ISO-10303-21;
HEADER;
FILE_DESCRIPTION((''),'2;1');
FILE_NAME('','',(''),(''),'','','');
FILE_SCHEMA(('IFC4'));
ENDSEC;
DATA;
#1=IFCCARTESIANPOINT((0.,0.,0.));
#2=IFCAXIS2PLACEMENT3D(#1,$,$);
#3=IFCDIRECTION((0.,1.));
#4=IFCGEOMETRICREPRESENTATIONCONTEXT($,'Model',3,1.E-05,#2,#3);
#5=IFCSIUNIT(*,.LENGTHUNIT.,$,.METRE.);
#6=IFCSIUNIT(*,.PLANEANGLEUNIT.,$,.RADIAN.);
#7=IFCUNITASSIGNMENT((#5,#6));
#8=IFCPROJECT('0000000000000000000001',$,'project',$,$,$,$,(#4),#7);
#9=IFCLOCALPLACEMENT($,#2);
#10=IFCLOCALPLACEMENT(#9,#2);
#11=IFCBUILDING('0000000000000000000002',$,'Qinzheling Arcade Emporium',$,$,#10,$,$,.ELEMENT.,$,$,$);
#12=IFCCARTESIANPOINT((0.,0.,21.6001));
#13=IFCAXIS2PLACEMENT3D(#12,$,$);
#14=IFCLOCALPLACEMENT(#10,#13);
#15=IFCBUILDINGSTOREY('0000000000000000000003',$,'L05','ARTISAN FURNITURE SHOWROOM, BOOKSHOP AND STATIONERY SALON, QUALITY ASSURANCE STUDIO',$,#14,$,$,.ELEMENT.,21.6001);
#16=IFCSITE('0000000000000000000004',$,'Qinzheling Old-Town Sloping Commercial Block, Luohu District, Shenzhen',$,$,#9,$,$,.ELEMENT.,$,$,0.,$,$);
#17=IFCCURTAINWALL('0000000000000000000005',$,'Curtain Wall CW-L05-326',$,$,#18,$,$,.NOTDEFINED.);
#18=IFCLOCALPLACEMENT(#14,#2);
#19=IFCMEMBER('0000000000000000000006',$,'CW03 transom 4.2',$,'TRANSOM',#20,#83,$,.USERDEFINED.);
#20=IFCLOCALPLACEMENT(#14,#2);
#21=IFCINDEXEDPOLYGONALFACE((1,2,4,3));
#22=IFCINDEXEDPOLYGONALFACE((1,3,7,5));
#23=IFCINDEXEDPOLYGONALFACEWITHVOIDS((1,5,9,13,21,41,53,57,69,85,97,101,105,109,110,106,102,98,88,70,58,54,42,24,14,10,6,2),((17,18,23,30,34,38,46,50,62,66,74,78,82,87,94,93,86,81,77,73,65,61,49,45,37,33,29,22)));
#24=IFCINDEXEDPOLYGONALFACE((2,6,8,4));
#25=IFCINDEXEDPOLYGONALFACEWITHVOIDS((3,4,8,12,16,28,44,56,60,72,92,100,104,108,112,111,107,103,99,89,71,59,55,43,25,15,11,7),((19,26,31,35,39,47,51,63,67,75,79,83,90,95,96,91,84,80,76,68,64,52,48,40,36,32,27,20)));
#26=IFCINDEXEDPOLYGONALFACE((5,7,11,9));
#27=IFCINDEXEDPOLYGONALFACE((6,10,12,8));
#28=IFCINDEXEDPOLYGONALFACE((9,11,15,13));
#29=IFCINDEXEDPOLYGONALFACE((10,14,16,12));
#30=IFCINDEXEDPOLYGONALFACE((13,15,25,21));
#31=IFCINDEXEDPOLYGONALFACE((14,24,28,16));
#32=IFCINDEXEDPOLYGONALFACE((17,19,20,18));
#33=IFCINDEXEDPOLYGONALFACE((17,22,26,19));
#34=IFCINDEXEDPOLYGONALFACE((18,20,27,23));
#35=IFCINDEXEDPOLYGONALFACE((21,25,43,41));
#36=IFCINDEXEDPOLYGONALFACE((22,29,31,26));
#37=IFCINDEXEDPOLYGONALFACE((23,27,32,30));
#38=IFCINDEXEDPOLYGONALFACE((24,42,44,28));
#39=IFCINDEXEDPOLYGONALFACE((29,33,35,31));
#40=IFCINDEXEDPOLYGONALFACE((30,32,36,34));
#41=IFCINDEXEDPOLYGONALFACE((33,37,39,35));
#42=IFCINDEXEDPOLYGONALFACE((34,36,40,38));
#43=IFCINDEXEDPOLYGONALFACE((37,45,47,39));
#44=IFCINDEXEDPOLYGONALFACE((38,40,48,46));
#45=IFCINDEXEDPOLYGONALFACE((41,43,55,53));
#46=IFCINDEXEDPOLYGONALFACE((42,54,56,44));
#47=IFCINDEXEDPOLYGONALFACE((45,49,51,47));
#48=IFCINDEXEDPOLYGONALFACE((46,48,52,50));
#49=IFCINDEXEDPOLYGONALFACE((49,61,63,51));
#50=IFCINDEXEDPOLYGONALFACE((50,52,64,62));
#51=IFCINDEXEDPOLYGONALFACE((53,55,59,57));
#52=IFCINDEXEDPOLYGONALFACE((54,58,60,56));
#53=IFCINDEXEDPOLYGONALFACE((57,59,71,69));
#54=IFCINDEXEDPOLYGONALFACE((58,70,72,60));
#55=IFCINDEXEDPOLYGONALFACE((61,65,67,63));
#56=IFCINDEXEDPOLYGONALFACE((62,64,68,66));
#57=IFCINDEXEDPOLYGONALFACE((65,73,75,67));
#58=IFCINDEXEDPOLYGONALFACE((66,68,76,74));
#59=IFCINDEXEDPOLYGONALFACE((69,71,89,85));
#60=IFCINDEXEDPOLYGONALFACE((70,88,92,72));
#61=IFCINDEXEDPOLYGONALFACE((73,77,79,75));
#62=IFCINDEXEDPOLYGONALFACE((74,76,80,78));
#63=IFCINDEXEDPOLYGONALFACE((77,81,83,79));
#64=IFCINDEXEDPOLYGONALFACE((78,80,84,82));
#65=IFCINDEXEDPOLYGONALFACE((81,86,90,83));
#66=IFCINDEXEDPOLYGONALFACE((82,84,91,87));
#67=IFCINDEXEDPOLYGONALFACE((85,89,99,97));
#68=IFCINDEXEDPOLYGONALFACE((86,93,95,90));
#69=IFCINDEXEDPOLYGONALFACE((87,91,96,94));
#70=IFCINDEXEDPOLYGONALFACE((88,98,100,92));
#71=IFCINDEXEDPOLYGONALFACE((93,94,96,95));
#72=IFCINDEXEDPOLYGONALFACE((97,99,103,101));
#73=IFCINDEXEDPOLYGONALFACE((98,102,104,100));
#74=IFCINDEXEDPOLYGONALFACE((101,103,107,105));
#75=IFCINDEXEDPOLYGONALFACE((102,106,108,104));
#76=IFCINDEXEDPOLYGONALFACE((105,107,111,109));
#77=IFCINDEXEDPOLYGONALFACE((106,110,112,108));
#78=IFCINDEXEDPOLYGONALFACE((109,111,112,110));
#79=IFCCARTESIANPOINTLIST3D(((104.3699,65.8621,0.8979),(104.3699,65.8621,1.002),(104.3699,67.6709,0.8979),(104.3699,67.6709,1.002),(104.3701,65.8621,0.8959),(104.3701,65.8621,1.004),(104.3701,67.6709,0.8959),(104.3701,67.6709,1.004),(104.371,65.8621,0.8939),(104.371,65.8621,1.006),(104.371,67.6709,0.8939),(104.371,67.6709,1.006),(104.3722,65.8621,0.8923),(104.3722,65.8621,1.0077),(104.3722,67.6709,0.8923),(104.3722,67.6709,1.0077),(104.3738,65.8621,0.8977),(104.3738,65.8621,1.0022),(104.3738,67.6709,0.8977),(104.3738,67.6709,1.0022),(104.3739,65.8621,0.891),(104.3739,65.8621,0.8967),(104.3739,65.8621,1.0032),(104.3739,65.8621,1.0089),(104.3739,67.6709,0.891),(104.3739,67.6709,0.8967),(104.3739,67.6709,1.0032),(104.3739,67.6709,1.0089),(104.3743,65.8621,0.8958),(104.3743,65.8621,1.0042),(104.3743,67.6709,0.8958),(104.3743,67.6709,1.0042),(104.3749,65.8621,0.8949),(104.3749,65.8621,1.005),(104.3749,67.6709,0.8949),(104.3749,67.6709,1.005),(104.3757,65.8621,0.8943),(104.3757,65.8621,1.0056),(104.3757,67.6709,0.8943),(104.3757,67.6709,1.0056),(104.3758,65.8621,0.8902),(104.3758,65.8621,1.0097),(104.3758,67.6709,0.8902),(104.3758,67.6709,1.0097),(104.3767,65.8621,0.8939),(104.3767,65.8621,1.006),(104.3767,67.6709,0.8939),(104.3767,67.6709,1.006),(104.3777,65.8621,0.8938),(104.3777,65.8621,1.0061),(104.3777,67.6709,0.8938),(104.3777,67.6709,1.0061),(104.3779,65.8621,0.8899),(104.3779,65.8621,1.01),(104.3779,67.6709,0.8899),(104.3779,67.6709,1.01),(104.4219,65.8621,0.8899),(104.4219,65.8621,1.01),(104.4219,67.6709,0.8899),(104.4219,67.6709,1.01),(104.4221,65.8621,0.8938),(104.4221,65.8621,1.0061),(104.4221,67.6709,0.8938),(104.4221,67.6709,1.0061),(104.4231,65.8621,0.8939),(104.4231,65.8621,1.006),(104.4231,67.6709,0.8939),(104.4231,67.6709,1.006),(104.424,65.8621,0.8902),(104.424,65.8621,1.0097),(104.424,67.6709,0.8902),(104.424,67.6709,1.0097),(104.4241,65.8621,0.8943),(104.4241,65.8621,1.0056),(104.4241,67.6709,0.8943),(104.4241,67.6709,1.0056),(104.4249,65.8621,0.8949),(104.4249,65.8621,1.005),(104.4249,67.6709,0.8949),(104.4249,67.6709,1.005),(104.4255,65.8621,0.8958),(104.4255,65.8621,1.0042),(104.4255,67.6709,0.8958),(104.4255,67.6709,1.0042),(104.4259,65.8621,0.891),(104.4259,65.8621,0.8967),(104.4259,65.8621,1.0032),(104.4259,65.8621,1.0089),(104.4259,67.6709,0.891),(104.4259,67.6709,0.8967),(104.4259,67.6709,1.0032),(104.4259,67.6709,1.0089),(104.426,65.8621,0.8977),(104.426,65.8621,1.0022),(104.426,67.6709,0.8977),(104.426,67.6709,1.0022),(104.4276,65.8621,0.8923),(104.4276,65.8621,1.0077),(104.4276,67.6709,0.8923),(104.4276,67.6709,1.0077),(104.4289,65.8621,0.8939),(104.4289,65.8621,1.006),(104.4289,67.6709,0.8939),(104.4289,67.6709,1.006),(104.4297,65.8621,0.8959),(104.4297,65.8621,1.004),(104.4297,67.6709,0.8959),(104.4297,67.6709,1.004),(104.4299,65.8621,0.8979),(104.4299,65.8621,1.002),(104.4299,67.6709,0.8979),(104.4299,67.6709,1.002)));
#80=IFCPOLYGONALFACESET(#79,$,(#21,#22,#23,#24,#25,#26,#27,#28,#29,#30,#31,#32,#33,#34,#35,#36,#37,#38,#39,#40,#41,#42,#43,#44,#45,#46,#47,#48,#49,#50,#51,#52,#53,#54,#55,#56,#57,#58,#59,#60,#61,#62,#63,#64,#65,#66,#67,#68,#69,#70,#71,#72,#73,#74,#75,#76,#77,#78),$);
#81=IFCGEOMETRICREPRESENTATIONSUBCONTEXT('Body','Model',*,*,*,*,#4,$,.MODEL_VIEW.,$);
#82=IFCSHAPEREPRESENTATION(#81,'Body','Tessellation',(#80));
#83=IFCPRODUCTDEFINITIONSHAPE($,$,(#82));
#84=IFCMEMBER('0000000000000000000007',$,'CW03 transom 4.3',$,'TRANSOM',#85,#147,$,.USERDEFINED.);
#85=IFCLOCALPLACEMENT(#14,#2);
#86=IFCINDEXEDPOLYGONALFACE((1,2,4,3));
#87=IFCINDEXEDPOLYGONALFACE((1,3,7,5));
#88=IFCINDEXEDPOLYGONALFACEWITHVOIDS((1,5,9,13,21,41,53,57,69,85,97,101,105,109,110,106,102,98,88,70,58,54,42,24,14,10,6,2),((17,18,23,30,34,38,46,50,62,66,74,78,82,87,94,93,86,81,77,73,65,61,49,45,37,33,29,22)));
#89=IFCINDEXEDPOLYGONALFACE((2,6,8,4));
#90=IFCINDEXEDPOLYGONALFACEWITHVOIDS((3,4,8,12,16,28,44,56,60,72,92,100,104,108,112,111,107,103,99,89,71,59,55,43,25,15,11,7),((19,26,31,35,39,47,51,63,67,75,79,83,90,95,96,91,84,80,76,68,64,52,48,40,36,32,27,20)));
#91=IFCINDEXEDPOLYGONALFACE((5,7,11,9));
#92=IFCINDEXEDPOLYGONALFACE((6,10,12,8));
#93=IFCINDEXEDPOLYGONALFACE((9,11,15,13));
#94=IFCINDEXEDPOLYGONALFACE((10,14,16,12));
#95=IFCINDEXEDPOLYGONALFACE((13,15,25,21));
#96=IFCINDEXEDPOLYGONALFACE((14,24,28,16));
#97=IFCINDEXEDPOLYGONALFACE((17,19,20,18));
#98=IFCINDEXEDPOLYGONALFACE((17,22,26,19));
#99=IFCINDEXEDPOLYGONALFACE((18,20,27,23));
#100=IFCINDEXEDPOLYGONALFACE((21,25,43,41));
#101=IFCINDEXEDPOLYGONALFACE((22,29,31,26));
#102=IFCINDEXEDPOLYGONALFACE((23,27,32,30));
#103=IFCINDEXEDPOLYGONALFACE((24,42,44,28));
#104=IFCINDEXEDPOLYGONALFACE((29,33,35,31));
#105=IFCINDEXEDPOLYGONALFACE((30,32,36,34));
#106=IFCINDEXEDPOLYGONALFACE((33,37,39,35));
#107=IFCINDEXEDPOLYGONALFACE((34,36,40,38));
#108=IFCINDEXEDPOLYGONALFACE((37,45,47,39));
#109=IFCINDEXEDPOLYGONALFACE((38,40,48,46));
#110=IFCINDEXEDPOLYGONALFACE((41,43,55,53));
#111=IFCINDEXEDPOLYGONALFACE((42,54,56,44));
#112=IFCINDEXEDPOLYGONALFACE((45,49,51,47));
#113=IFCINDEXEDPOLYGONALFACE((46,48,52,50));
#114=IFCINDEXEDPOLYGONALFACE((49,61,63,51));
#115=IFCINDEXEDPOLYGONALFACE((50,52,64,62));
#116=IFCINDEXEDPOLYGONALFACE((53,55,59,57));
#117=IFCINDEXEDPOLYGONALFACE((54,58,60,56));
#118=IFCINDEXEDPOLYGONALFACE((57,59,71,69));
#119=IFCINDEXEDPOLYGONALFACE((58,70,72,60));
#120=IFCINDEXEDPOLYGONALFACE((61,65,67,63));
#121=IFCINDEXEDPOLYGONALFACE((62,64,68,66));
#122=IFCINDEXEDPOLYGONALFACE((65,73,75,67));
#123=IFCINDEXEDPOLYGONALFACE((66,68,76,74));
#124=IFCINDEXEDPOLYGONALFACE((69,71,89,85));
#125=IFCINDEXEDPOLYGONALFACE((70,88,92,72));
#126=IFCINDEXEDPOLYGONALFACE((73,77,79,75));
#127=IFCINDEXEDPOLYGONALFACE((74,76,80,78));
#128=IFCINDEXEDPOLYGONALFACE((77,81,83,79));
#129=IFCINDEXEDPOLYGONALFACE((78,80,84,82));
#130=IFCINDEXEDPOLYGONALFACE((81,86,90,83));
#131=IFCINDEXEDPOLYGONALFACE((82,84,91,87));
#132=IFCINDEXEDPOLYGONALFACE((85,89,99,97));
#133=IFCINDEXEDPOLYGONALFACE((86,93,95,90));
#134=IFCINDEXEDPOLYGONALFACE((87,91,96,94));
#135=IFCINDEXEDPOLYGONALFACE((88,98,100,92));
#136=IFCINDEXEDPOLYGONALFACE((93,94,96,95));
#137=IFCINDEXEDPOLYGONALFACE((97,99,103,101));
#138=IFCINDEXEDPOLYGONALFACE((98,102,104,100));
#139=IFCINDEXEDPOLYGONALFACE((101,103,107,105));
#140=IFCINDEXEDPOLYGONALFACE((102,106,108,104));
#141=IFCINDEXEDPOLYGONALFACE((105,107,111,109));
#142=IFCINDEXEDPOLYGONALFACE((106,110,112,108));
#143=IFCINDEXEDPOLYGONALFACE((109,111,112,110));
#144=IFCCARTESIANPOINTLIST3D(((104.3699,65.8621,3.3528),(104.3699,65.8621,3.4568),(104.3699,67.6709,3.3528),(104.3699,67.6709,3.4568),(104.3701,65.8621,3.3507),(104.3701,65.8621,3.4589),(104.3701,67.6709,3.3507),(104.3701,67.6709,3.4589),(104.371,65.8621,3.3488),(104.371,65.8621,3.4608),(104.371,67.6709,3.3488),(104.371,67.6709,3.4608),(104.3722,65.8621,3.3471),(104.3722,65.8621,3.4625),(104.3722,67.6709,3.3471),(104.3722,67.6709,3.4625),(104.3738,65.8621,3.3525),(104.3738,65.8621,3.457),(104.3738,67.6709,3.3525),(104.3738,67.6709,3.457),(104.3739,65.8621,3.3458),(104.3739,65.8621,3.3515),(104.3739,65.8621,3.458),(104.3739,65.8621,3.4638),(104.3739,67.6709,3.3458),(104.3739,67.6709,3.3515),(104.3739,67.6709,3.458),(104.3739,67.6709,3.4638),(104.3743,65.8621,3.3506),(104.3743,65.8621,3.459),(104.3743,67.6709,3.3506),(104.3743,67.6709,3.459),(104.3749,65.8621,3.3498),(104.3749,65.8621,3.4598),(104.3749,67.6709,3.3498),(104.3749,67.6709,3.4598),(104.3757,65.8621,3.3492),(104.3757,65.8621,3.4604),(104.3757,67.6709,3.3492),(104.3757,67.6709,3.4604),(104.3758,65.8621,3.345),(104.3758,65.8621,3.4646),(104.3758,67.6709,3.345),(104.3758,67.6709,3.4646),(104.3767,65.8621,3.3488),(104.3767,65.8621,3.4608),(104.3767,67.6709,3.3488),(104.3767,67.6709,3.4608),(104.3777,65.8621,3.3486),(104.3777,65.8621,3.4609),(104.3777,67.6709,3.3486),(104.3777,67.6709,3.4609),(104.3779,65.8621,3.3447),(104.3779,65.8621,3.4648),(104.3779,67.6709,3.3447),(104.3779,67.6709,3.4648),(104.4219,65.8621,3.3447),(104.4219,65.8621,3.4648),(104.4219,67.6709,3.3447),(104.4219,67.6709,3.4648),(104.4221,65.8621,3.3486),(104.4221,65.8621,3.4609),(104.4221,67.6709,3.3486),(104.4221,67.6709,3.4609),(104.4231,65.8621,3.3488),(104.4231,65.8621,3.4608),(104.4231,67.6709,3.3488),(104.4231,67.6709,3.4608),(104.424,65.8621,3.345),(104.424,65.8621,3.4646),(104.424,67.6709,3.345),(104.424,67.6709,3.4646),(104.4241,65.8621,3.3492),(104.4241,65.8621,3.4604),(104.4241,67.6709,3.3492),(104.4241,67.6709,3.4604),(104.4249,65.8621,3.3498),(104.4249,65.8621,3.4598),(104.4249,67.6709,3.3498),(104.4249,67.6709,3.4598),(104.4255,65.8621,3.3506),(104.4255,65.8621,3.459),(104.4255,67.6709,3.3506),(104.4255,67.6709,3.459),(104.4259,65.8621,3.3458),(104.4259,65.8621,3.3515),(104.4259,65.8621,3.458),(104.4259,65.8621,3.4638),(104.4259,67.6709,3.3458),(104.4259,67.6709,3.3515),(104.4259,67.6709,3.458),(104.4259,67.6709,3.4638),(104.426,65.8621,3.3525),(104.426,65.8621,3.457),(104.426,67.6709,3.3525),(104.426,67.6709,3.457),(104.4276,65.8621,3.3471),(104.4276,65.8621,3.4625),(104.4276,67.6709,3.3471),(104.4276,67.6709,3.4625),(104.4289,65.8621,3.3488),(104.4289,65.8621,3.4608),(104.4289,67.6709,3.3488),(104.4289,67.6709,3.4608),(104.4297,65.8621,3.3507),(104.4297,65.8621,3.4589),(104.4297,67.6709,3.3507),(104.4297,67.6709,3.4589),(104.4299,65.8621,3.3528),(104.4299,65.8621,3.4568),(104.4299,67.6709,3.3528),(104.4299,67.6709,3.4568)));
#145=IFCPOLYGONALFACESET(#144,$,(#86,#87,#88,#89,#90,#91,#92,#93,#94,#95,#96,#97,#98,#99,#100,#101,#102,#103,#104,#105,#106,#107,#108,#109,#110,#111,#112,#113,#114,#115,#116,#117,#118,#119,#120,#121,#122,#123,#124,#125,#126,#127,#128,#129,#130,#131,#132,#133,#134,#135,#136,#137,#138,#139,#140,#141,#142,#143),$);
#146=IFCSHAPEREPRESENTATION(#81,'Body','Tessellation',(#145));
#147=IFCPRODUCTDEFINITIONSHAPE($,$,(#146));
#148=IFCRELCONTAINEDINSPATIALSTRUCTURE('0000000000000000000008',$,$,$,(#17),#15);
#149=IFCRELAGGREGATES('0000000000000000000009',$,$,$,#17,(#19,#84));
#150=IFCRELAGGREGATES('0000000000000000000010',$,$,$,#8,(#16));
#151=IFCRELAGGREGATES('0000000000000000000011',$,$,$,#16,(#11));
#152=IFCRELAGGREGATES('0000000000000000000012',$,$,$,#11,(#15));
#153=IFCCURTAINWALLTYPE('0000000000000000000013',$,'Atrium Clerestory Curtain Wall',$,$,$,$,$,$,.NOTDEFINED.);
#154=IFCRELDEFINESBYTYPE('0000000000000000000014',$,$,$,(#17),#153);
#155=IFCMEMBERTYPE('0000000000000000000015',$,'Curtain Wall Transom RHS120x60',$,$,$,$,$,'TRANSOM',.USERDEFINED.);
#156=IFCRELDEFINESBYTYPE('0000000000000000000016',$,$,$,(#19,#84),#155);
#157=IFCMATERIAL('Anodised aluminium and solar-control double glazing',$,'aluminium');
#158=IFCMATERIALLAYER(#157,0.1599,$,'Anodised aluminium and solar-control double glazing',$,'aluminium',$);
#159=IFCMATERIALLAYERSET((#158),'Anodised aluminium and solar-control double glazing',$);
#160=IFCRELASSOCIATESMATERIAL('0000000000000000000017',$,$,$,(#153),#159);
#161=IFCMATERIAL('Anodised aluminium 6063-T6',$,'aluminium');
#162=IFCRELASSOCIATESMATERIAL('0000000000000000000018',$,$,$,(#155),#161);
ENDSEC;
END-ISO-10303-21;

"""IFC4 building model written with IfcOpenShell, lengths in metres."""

from ifc_helpers import new_model, si_unit, direction, frame, origin, origin_2d, place, context, subcontext, project, spatial, hollow_rectangle, extrude, material, layer, layer_set, material_profile, profile_set, type_object, element, aggregate, save


model = new_model("IFC4")

# Units and contexts
model_context = context("Model", 3, precision=1e-05, world=origin(), true_north=direction((0.0, 1.0)))
body_context = subcontext(model_context, "Body", "Model", "MODEL_VIEW")
ifc_project = project(units=[si_unit("LENGTHUNIT", "METRE"), si_unit("PLANEANGLEUNIT", "RADIAN")], contexts=[model_context])

# Site, building, storey
site_placement = place(None, origin())
site = spatial("IfcSite", under=ifc_project, at=site_placement, Name="Qinzheling Old-Town Sloping Commercial Block, Luohu District, Shenzhen", CompositionType="ELEMENT", RefElevation=0.0)
building_placement = place(site_placement, origin())
building = spatial("IfcBuilding", under=site, at=building_placement, Name="Qinzheling Arcade Emporium", CompositionType="ELEMENT")
storey_placement = place(building_placement, frame((0.0, 0.0, 21.6001)))
storey = spatial("IfcBuildingStorey", under=building, at=storey_placement, Name="L05", Description="ARTISAN FURNITURE SHOWROOM, BOOKSHOP AND STATIONERY SALON, QUALITY ASSURANCE STUDIO", CompositionType="ELEMENT", Elevation=21.6001)

# Curtain wall, members
ifc_material_1 = material(Name="Anodised aluminium and solar-control double glazing", Category="aluminium")
ifc_layer_1 = layer(ifc_material_1, 0.1599, Name="Anodised aluminium and solar-control double glazing", Category="aluminium")
ifc_layer_set_1 = layer_set([ifc_layer_1], Name="Anodised aluminium and solar-control double glazing")
curtain_wall_type = type_object("IfcCurtainWallType", Name="Atrium Clerestory Curtain Wall", PredefinedType="NOTDEFINED", material=ifc_layer_set_1)
curtain_wall_placement = place(storey_placement, origin())
curtain_wall = element("IfcCurtainWall", 1, at=curtain_wall_placement, inside=storey, type_object=curtain_wall_type, Name="Curtain Wall CW-L05-326", PredefinedType="NOTDEFINED")
ifc_material_2 = material(Name="Anodised aluminium 6063-T6", Category="aluminium")
ifc_material_profile_1 = material_profile(ifc_material_2, hollow_rectangle(XDim=0.0601, YDim=0.1201, WallThickness=0.0039, InnerFilletRadius=0.0039, OuterFilletRadius=0.0081, at=origin_2d()), Name="RHS 120x60x4", Category="aluminium")
ifc_profile_set_1 = profile_set([ifc_material_profile_1], Name="Anodised aluminium 6063-T6")
member_type_1 = type_object("IfcMemberType", Name="Curtain Wall Transom RHS120x60", ElementType="TRANSOM", PredefinedType="USERDEFINED", material=ifc_profile_set_1)
member_1_placement = place(storey_placement, frame((104.3999, 67.6709, 0.95), z_axis=(0.0, -1.0, 0.0), x_axis=(1.0, 0.0, 0.0)))
member_1 = element("IfcMember", 2, at=member_1_placement, type_object=member_type_1, Name="CW03 transom 4.2", ObjectType="TRANSOM", PredefinedType="USERDEFINED", context=body_context, shape_type="SweptSolid", body=[
    extrude(hollow_rectangle(XDim=0.0601, YDim=0.1201, WallThickness=0.0039, InnerFilletRadius=0.0039, OuterFilletRadius=0.0081, at=origin_2d()), origin(), (0.0, 0.0, 1.0), 1.8088),
])
member_2_placement = place(storey_placement, frame((104.3999, 67.6709, 3.4048), z_axis=(0.0, -1.0, 0.0), x_axis=(1.0, 0.0, 0.0)))
member_2 = element("IfcMember", 3, at=member_2_placement, type_object=member_type_1, Name="CW03 transom 4.3", ObjectType="TRANSOM", PredefinedType="USERDEFINED", context=body_context, shape_type="SweptSolid", body=[
    extrude(hollow_rectangle(XDim=0.0601, YDim=0.1201, WallThickness=0.0039, InnerFilletRadius=0.0039, OuterFilletRadius=0.0081, at=origin_2d()), origin(), (0.0, 0.0, 1.0), 1.8088),
])
aggregate(curtain_wall, [member_1, member_2])

save(model, "model.ifc")
